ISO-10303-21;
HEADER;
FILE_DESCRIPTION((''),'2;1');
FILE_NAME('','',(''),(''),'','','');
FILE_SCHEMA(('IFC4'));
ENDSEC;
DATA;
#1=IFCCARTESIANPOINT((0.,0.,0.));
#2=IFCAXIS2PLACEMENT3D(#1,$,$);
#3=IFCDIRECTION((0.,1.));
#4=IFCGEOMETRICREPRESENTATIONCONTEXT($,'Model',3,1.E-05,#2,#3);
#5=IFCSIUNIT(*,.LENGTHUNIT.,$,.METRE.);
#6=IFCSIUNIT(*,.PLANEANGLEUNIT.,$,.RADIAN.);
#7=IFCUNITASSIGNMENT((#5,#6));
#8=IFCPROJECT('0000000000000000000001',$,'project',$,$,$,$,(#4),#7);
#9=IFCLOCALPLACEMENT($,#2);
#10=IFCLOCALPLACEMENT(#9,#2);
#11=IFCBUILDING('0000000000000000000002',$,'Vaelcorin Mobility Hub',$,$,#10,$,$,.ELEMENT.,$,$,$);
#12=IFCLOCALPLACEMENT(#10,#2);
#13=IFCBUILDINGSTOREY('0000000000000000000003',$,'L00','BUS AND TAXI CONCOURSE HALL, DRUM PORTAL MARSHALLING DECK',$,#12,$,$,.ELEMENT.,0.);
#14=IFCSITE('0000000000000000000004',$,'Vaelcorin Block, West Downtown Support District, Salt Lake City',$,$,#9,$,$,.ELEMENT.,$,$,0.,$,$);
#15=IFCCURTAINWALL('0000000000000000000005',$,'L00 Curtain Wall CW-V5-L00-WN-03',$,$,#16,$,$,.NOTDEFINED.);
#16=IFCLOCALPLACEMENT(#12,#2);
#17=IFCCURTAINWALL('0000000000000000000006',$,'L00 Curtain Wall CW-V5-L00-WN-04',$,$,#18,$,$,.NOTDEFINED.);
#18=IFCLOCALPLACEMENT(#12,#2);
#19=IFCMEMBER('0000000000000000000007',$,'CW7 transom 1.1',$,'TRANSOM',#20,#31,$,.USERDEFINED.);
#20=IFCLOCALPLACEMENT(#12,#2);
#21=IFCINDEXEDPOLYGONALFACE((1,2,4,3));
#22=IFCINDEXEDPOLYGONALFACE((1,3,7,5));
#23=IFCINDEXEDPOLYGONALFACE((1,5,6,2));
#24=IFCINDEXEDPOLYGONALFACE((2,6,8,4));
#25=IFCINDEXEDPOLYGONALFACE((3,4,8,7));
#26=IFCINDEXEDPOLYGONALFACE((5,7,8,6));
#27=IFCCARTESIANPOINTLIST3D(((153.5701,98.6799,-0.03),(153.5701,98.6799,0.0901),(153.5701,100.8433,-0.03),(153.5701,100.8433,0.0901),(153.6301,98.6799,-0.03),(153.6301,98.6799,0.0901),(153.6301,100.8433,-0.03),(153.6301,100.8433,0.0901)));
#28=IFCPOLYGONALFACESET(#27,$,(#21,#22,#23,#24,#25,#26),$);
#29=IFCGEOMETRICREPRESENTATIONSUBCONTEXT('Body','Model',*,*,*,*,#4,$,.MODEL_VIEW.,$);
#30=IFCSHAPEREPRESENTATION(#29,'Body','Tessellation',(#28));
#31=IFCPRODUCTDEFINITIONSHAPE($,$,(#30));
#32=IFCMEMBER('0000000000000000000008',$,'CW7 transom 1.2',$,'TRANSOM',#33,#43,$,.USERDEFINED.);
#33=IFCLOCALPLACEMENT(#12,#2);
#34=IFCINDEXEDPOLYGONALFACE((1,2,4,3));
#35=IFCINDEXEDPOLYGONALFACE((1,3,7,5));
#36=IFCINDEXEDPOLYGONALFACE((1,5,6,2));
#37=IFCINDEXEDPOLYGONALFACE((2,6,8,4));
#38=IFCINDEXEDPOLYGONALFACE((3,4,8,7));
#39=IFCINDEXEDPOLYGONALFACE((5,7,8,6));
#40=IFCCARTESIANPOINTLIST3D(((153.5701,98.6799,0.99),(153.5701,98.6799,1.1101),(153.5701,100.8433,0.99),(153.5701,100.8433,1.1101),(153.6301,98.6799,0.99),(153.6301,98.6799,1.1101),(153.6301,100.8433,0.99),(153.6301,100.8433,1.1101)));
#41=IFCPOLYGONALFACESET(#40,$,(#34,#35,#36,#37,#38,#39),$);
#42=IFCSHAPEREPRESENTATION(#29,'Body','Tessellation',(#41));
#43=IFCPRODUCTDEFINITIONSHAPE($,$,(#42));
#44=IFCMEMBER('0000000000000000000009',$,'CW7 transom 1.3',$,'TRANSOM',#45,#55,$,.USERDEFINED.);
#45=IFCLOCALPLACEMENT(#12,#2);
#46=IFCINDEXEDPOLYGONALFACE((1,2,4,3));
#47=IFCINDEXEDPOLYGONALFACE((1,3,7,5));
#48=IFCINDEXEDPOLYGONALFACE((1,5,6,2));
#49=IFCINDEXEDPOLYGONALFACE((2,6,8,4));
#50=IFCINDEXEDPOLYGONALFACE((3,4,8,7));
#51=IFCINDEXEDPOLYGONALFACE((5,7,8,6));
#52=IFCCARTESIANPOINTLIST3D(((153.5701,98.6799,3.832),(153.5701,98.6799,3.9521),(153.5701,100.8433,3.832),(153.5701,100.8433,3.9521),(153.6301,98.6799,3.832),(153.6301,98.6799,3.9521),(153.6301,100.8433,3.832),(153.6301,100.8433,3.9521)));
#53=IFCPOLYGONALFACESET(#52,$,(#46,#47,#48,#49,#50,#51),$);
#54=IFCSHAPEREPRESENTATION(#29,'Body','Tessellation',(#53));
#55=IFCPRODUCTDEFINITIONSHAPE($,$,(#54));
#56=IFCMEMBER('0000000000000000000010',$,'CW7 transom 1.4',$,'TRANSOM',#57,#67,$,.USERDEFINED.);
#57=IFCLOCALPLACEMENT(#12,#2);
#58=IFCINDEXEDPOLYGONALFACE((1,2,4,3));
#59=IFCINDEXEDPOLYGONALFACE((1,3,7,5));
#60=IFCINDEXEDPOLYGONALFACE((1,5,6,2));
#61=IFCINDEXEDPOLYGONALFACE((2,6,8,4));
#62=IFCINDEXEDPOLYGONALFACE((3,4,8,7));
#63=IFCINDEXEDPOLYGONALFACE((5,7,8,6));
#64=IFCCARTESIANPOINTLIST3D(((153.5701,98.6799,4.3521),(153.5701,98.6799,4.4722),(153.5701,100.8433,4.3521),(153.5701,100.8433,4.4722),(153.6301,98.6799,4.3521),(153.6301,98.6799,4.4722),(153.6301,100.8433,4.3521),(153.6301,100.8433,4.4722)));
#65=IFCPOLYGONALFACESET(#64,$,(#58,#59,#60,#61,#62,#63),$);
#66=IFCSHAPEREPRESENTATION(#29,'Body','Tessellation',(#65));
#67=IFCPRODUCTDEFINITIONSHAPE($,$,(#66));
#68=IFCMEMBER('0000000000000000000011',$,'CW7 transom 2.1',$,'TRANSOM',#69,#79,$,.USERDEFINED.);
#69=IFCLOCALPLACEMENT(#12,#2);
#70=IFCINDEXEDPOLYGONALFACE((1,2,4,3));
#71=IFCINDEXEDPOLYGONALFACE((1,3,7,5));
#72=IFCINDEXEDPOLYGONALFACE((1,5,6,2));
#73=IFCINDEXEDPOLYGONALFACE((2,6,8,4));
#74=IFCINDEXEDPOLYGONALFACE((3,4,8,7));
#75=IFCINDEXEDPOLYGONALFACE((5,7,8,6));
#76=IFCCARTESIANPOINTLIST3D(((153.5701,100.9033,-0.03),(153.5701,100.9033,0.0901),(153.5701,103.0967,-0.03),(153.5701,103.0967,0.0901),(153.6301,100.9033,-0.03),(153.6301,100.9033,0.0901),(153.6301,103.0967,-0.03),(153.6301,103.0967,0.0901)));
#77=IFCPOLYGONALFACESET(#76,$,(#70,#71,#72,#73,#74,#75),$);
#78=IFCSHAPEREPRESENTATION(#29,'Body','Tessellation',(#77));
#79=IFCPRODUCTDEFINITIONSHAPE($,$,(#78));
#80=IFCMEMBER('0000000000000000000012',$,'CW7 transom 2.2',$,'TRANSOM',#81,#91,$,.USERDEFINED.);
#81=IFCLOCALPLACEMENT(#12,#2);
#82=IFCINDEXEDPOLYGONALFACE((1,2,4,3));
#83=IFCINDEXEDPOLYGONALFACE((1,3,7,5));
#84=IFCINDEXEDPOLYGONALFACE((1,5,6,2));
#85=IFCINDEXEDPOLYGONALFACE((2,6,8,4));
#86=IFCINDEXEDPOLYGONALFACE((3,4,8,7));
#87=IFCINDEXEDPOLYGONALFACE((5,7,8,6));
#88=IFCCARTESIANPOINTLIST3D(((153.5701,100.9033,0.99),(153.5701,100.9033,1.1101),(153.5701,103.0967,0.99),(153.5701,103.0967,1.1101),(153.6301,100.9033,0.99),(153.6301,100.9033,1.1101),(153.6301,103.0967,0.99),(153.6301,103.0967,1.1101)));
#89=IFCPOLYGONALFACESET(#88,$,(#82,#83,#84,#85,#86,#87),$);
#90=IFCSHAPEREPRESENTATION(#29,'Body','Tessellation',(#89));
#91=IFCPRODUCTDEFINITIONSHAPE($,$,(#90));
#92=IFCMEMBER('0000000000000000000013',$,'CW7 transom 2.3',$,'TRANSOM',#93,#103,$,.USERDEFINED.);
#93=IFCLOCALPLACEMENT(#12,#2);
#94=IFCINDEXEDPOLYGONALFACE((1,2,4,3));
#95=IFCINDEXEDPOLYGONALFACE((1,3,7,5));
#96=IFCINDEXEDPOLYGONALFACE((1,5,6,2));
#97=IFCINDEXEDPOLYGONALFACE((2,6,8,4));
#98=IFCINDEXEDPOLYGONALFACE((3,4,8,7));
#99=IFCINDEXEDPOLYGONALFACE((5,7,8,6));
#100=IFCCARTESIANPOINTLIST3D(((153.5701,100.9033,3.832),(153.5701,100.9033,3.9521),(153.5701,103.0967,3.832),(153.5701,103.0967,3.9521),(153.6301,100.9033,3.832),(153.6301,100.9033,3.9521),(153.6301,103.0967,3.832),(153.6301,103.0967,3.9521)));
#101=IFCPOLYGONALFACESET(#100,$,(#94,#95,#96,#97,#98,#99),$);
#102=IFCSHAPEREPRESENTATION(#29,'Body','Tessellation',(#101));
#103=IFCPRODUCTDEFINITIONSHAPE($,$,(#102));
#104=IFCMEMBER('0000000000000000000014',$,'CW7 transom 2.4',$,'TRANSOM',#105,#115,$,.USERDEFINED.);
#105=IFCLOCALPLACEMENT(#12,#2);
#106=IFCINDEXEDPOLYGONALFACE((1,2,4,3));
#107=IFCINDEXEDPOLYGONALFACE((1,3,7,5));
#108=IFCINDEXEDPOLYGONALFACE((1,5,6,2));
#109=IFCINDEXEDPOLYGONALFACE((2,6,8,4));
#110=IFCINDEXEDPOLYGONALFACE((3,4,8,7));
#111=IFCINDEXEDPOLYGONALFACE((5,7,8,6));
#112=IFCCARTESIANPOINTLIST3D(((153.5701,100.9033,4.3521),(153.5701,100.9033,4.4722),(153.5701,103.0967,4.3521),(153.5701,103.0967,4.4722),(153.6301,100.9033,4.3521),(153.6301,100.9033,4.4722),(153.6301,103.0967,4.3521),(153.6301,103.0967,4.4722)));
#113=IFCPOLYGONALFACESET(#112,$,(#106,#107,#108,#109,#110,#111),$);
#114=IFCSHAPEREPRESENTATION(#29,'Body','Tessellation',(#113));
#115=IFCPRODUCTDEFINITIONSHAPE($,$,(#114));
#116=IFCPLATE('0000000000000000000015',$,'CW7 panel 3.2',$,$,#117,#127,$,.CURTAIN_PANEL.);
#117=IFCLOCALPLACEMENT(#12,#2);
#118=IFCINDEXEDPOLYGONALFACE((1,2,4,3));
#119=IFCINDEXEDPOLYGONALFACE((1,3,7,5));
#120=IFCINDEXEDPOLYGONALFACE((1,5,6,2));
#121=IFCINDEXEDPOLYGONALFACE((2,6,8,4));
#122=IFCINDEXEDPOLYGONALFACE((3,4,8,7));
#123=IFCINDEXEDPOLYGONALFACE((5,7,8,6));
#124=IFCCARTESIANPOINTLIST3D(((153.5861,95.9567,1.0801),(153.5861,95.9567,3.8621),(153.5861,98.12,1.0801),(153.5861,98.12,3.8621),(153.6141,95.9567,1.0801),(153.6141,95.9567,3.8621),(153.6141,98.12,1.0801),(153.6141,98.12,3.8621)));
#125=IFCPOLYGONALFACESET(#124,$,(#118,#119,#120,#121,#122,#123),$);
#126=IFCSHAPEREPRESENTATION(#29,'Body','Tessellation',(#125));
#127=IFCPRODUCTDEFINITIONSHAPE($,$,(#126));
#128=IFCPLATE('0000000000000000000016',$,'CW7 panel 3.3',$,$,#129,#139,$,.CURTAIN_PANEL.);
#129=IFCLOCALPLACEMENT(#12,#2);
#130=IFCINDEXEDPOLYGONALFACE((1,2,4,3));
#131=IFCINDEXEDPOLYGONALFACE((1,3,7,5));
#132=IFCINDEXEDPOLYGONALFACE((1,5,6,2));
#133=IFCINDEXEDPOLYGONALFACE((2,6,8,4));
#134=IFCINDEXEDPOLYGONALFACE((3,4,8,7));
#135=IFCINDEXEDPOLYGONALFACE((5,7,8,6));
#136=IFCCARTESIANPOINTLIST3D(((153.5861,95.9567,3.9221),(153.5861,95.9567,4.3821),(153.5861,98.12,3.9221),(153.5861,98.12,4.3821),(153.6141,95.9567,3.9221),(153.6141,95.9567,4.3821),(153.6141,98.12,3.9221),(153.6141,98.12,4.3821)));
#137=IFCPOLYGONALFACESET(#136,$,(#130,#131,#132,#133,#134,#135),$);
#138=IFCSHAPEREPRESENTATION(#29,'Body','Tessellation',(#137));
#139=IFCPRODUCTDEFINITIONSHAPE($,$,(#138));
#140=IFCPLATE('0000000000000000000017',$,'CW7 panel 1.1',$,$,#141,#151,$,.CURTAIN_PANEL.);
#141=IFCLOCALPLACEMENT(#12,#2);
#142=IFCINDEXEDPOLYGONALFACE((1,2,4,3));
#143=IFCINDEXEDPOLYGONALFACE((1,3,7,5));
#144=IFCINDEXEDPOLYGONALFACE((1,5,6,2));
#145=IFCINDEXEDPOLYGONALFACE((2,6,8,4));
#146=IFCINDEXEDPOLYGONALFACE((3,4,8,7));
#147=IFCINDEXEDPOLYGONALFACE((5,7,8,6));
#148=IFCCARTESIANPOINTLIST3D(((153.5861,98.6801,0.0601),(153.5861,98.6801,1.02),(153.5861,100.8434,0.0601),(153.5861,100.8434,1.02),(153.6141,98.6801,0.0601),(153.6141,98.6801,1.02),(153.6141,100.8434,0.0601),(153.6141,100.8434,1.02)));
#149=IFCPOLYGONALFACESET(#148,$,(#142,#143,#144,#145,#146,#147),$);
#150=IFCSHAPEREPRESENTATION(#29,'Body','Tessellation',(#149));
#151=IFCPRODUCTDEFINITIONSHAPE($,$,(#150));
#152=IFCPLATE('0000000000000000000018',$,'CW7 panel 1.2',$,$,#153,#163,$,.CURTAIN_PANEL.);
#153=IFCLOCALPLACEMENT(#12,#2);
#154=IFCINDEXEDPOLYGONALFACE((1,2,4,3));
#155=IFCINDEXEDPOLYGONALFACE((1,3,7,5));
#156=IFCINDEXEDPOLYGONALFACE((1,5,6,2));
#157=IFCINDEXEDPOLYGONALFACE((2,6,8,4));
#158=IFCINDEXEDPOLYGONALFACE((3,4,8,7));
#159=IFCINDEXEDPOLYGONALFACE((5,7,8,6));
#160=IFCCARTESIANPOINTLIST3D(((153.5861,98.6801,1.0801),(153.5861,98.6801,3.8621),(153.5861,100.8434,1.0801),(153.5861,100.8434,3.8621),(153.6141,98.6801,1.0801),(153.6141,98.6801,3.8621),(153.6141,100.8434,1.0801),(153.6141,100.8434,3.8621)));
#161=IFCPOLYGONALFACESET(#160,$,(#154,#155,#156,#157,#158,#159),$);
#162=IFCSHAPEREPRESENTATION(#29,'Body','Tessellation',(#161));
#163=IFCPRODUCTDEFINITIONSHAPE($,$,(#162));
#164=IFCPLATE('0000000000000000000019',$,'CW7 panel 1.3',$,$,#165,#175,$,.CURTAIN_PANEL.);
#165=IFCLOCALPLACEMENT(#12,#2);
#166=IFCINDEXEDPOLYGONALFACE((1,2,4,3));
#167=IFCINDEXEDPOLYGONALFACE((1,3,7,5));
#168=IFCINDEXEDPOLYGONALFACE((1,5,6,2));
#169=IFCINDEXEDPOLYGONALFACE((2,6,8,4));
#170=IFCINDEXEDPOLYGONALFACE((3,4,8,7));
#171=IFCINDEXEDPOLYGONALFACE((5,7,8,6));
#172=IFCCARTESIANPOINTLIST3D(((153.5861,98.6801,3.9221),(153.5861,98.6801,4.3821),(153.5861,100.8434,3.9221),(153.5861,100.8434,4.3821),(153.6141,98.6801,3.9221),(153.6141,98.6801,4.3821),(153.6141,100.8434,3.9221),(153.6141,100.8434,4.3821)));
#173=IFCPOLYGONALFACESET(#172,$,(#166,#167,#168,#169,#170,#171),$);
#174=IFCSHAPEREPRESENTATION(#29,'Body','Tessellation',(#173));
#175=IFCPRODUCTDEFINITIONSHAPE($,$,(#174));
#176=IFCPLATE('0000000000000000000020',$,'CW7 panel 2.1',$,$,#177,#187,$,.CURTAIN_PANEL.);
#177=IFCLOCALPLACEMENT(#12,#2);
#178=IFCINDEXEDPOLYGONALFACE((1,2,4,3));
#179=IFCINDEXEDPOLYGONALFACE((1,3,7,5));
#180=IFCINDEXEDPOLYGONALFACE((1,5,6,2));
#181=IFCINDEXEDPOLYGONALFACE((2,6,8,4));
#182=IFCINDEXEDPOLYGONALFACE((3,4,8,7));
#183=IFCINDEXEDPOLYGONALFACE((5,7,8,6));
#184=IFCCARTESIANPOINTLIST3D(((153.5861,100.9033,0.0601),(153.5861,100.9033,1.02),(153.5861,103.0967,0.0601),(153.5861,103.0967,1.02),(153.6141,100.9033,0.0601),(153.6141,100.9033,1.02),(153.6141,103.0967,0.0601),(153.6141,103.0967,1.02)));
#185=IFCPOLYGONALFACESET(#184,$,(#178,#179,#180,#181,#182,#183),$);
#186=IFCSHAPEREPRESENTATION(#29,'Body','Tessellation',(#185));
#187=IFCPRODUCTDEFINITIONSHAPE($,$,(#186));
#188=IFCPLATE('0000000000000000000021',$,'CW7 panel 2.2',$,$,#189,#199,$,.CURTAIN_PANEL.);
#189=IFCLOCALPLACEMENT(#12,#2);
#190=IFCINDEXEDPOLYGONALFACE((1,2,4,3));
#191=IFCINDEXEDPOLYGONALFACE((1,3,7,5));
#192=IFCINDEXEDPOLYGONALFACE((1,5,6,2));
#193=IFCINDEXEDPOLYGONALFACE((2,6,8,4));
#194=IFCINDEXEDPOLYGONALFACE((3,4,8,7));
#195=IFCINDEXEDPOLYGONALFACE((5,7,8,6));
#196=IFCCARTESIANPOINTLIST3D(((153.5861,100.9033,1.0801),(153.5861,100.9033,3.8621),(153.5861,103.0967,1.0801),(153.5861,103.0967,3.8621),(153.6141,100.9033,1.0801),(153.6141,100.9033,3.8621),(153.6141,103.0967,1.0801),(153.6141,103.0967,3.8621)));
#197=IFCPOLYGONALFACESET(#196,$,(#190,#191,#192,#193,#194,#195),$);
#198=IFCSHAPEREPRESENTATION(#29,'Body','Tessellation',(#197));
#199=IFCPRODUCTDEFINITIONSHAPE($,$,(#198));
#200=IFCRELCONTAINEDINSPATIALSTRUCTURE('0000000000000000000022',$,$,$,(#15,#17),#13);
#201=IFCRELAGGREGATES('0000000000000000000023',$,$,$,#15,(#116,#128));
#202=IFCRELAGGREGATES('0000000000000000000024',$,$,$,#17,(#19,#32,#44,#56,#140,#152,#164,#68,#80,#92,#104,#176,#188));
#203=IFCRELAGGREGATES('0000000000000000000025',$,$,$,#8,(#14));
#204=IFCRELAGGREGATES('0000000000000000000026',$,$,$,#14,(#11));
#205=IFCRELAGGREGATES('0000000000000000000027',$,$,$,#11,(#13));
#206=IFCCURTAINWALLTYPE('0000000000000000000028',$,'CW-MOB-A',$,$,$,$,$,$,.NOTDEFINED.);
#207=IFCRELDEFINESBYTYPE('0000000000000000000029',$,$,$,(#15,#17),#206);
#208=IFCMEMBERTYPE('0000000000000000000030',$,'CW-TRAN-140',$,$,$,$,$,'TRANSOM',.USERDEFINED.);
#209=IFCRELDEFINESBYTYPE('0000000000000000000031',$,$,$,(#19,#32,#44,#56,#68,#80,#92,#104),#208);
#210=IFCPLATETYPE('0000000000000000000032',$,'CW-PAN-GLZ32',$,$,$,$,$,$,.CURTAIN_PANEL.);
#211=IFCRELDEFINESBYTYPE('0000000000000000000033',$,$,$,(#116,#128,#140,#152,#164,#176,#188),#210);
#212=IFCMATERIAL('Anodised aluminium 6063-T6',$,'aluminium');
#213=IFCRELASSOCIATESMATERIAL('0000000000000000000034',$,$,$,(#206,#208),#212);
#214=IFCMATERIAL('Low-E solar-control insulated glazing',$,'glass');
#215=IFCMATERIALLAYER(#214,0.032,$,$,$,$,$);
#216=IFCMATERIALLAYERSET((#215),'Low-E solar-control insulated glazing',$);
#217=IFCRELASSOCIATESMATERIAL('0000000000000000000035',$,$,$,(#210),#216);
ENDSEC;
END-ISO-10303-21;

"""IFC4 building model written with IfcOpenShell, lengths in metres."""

from ifc_helpers import new_model, si_unit, direction, frame, origin, origin_2d, place, context, subcontext, project, spatial, rectangle, extrude, material, layer, layer_set, material_profile, profile_set, type_object, element, aggregate, save


model = new_model("IFC4")

# Units and contexts
model_context = context("Model", 3, precision=1e-05, world=origin(), true_north=direction((0.0, 1.0)))
body_context = subcontext(model_context, "Body", "Model", "MODEL_VIEW")
ifc_project = project(units=[si_unit("LENGTHUNIT", "METRE"), si_unit("PLANEANGLEUNIT", "RADIAN")], contexts=[model_context])

# Site, building, storey
site_placement = place(None, origin())
site = spatial("IfcSite", under=ifc_project, at=site_placement, Name="Vaelcorin Block, West Downtown Support District, Salt Lake City", CompositionType="ELEMENT", RefElevation=0.0)
building_placement = place(site_placement, origin())
building = spatial("IfcBuilding", under=site, at=building_placement, Name="Vaelcorin Mobility Hub", CompositionType="ELEMENT")
storey_placement = place(building_placement, origin())
storey = spatial("IfcBuildingStorey", under=building, at=storey_placement, Name="L00", Description="BUS AND TAXI CONCOURSE HALL, DRUM PORTAL MARSHALLING DECK", CompositionType="ELEMENT", Elevation=0.0)

# Curtain wall
ifc_material_1 = material(Name="Anodised aluminium 6063-T6", Category="aluminium")
curtain_wall_type = type_object("IfcCurtainWallType", Name="CW-MOB-A", PredefinedType="NOTDEFINED", material=ifc_material_1)
curtain_wall_1_placement = place(storey_placement, origin())
curtain_wall_1 = element("IfcCurtainWall", 1, at=curtain_wall_1_placement, inside=storey, type_object=curtain_wall_type, Name="L00 Curtain Wall CW-V5-L00-WN-03", PredefinedType="NOTDEFINED")

# Curtain wall, members
curtain_wall_2_placement = place(storey_placement, origin())
curtain_wall_2 = element("IfcCurtainWall", 2, at=curtain_wall_2_placement, inside=storey, type_object=curtain_wall_type, Name="L00 Curtain Wall CW-V5-L00-WN-04", PredefinedType="NOTDEFINED")
ifc_material_profile_1 = material_profile(ifc_material_1, rectangle(XDim=0.0601, YDim=0.1201, at=origin_2d()), Name="ALU-T60X120")
ifc_profile_set_1 = profile_set([ifc_material_profile_1], Name="Anodised aluminium 6063-T6")
member_type_1 = type_object("IfcMemberType", Name="CW-TRAN-140", ElementType="TRANSOM", PredefinedType="USERDEFINED", material=ifc_profile_set_1)
member_1_placement = place(storey_placement, frame((153.6001, 98.6799, 0.03), z_axis=(0.0, 1.0, 0.0), x_axis=(-1.0, 0.0, 0.0)))
member_1 = element("IfcMember", 3, at=member_1_placement, type_object=member_type_1, Name="CW7 transom 1.1", ObjectType="TRANSOM", PredefinedType="USERDEFINED", context=body_context, shape_type="SweptSolid", body=[
    extrude(rectangle(XDim=0.0601, YDim=0.1201, at=origin_2d()), origin(), (0.0, 0.0, 1.0), 2.1633),
])
member_2_placement = place(storey_placement, frame((153.6001, 98.6799, 1.05), z_axis=(0.0, 1.0, 0.0), x_axis=(-1.0, 0.0, 0.0)))
member_2 = element("IfcMember", 4, at=member_2_placement, type_object=member_type_1, Name="CW7 transom 1.2", ObjectType="TRANSOM", PredefinedType="USERDEFINED", context=body_context, shape_type="SweptSolid", body=[
    extrude(rectangle(XDim=0.0601, YDim=0.1201, at=origin_2d()), origin(), (0.0, 0.0, 1.0), 2.1633),
])
member_3_placement = place(storey_placement, frame((153.6001, 98.6799, 3.8921), z_axis=(0.0, 1.0, 0.0), x_axis=(-1.0, 0.0, 0.0)))
member_3 = element("IfcMember", 5, at=member_3_placement, type_object=member_type_1, Name="CW7 transom 1.3", ObjectType="TRANSOM", PredefinedType="USERDEFINED", context=body_context, shape_type="SweptSolid", body=[
    extrude(rectangle(XDim=0.0601, YDim=0.1201, at=origin_2d()), origin(), (0.0, 0.0, 1.0), 2.1633),
])
member_4_placement = place(storey_placement, frame((153.6001, 98.6799, 4.4121), z_axis=(0.0, 1.0, 0.0), x_axis=(-1.0, 0.0, 0.0)))
member_4 = element("IfcMember", 6, at=member_4_placement, type_object=member_type_1, Name="CW7 transom 1.4", ObjectType="TRANSOM", PredefinedType="USERDEFINED", context=body_context, shape_type="SweptSolid", body=[
    extrude(rectangle(XDim=0.0601, YDim=0.1201, at=origin_2d()), origin(), (0.0, 0.0, 1.0), 2.1633),
])
member_5_placement = place(storey_placement, frame((153.6001, 100.9033, 0.03), z_axis=(0.0, 1.0, 0.0), x_axis=(-1.0, 0.0, 0.0)))
member_5 = element("IfcMember", 7, at=member_5_placement, type_object=member_type_1, Name="CW7 transom 2.1", ObjectType="TRANSOM", PredefinedType="USERDEFINED", context=body_context, shape_type="SweptSolid", body=[
    extrude(rectangle(XDim=0.0601, YDim=0.1201, at=origin_2d()), origin(), (0.0, 0.0, 1.0), 2.1934),
])
member_6_placement = place(storey_placement, frame((153.6001, 100.9033, 1.05), z_axis=(0.0, 1.0, 0.0), x_axis=(-1.0, 0.0, 0.0)))
member_6 = element("IfcMember", 8, at=member_6_placement, type_object=member_type_1, Name="CW7 transom 2.2", ObjectType="TRANSOM", PredefinedType="USERDEFINED", context=body_context, shape_type="SweptSolid", body=[
    extrude(rectangle(XDim=0.0601, YDim=0.1201, at=origin_2d()), origin(), (0.0, 0.0, 1.0), 2.1934),
])
member_7_placement = place(storey_placement, frame((153.6001, 100.9033, 3.8921), z_axis=(0.0, 1.0, 0.0), x_axis=(-1.0, 0.0, 0.0)))
member_7 = element("IfcMember", 9, at=member_7_placement, type_object=member_type_1, Name="CW7 transom 2.3", ObjectType="TRANSOM", PredefinedType="USERDEFINED", context=body_context, shape_type="SweptSolid", body=[
    extrude(rectangle(XDim=0.0601, YDim=0.1201, at=origin_2d()), origin(), (0.0, 0.0, 1.0), 2.1934),
])
member_8_placement = place(storey_placement, frame((153.6001, 100.9033, 4.4121), z_axis=(0.0, 1.0, 0.0), x_axis=(-1.0, 0.0, 0.0)))
member_8 = element("IfcMember", 10, at=member_8_placement, type_object=member_type_1, Name="CW7 transom 2.4", ObjectType="TRANSOM", PredefinedType="USERDEFINED", context=body_context, shape_type="SweptSolid", body=[
    extrude(rectangle(XDim=0.0601, YDim=0.1201, at=origin_2d()), origin(), (0.0, 0.0, 1.0), 2.1934),
])

# Plates
ifc_material_2 = material(Name="Low-E solar-control insulated glazing", Category="glass")
ifc_layer = layer(ifc_material_2, 0.032)
ifc_layer_set = layer_set([ifc_layer], Name="Low-E solar-control insulated glazing")
plate_type = type_object("IfcPlateType", Name="CW-PAN-GLZ32", PredefinedType="CURTAIN_PANEL", material=ifc_layer_set)
plate_1_placement = place(storey_placement, frame((153.6001, 97.0383, 1.0801), z_axis=(0.0, 0.0, 1.0), x_axis=(0.0, 1.0, 0.0)))
plate_1 = element("IfcPlate", 11, at=plate_1_placement, type_object=plate_type, Name="CW7 panel 3.2", PredefinedType="CURTAIN_PANEL", context=body_context, shape_type="SweptSolid", body=[
    extrude(rectangle(XDim=2.1633, YDim=0.0281, at=origin_2d()), origin(), (0.0, 0.0, 1.0), 2.782),
])
plate_2_placement = place(storey_placement, frame((153.6001, 97.0383, 3.9221), z_axis=(0.0, 0.0, 1.0), x_axis=(0.0, 1.0, 0.0)))
plate_2 = element("IfcPlate", 12, at=plate_2_placement, type_object=plate_type, Name="CW7 panel 3.3", PredefinedType="CURTAIN_PANEL", context=body_context, shape_type="SweptSolid", body=[
    extrude(rectangle(XDim=2.1633, YDim=0.0281, at=origin_2d()), origin(), (0.0, 0.0, 1.0), 0.46),
])
aggregate(curtain_wall_1, [plate_1, plate_2])
plate_3_placement = place(storey_placement, frame((153.6001, 99.7617, 0.0601), z_axis=(0.0, 0.0, 1.0), x_axis=(0.0, 1.0, 0.0)))
plate_3 = element("IfcPlate", 13, at=plate_3_placement, type_object=plate_type, Name="CW7 panel 1.1", PredefinedType="CURTAIN_PANEL", context=body_context, shape_type="SweptSolid", body=[
    extrude(rectangle(XDim=2.1633, YDim=0.0281, at=origin_2d()), origin(), (0.0, 0.0, 1.0), 0.96),
])
plate_4_placement = place(storey_placement, frame((153.6001, 99.7617, 1.0801), z_axis=(0.0, 0.0, 1.0), x_axis=(0.0, 1.0, 0.0)))
plate_4 = element("IfcPlate", 14, at=plate_4_placement, type_object=plate_type, Name="CW7 panel 1.2", PredefinedType="CURTAIN_PANEL", context=body_context, shape_type="SweptSolid", body=[
    extrude(rectangle(XDim=2.1633, YDim=0.0281, at=origin_2d()), origin(), (0.0, 0.0, 1.0), 2.782),
])
plate_5_placement = place(storey_placement, frame((153.6001, 99.7617, 3.9221), z_axis=(0.0, 0.0, 1.0), x_axis=(0.0, 1.0, 0.0)))
plate_5 = element("IfcPlate", 15, at=plate_5_placement, type_object=plate_type, Name="CW7 panel 1.3", PredefinedType="CURTAIN_PANEL", context=body_context, shape_type="SweptSolid", body=[
    extrude(rectangle(XDim=2.1633, YDim=0.0281, at=origin_2d()), origin(), (0.0, 0.0, 1.0), 0.46),
])
plate_6_placement = place(storey_placement, frame((153.6001, 102.0, 0.0601), z_axis=(0.0, 0.0, 1.0), x_axis=(0.0, 1.0, 0.0)))
plate_6 = element("IfcPlate", 16, at=plate_6_placement, type_object=plate_type, Name="CW7 panel 2.1", PredefinedType="CURTAIN_PANEL", context=body_context, shape_type="SweptSolid", body=[
    extrude(rectangle(XDim=2.1934, YDim=0.0281, at=origin_2d()), origin(), (0.0, 0.0, 1.0), 0.96),
])
plate_7_placement = place(storey_placement, frame((153.6001, 102.0, 1.0801), z_axis=(0.0, 0.0, 1.0), x_axis=(0.0, 1.0, 0.0)))
plate_7 = element("IfcPlate", 17, at=plate_7_placement, type_object=plate_type, Name="CW7 panel 2.2", PredefinedType="CURTAIN_PANEL", context=body_context, shape_type="SweptSolid", body=[
    extrude(rectangle(XDim=2.1934, YDim=0.0281, at=origin_2d()), origin(), (0.0, 0.0, 1.0), 2.782),
])
aggregate(curtain_wall_2, [member_1, member_2, member_3, member_4, plate_3, plate_4, plate_5, member_5, member_6, member_7, member_8, plate_6, plate_7])

save(model, "model.ifc")
